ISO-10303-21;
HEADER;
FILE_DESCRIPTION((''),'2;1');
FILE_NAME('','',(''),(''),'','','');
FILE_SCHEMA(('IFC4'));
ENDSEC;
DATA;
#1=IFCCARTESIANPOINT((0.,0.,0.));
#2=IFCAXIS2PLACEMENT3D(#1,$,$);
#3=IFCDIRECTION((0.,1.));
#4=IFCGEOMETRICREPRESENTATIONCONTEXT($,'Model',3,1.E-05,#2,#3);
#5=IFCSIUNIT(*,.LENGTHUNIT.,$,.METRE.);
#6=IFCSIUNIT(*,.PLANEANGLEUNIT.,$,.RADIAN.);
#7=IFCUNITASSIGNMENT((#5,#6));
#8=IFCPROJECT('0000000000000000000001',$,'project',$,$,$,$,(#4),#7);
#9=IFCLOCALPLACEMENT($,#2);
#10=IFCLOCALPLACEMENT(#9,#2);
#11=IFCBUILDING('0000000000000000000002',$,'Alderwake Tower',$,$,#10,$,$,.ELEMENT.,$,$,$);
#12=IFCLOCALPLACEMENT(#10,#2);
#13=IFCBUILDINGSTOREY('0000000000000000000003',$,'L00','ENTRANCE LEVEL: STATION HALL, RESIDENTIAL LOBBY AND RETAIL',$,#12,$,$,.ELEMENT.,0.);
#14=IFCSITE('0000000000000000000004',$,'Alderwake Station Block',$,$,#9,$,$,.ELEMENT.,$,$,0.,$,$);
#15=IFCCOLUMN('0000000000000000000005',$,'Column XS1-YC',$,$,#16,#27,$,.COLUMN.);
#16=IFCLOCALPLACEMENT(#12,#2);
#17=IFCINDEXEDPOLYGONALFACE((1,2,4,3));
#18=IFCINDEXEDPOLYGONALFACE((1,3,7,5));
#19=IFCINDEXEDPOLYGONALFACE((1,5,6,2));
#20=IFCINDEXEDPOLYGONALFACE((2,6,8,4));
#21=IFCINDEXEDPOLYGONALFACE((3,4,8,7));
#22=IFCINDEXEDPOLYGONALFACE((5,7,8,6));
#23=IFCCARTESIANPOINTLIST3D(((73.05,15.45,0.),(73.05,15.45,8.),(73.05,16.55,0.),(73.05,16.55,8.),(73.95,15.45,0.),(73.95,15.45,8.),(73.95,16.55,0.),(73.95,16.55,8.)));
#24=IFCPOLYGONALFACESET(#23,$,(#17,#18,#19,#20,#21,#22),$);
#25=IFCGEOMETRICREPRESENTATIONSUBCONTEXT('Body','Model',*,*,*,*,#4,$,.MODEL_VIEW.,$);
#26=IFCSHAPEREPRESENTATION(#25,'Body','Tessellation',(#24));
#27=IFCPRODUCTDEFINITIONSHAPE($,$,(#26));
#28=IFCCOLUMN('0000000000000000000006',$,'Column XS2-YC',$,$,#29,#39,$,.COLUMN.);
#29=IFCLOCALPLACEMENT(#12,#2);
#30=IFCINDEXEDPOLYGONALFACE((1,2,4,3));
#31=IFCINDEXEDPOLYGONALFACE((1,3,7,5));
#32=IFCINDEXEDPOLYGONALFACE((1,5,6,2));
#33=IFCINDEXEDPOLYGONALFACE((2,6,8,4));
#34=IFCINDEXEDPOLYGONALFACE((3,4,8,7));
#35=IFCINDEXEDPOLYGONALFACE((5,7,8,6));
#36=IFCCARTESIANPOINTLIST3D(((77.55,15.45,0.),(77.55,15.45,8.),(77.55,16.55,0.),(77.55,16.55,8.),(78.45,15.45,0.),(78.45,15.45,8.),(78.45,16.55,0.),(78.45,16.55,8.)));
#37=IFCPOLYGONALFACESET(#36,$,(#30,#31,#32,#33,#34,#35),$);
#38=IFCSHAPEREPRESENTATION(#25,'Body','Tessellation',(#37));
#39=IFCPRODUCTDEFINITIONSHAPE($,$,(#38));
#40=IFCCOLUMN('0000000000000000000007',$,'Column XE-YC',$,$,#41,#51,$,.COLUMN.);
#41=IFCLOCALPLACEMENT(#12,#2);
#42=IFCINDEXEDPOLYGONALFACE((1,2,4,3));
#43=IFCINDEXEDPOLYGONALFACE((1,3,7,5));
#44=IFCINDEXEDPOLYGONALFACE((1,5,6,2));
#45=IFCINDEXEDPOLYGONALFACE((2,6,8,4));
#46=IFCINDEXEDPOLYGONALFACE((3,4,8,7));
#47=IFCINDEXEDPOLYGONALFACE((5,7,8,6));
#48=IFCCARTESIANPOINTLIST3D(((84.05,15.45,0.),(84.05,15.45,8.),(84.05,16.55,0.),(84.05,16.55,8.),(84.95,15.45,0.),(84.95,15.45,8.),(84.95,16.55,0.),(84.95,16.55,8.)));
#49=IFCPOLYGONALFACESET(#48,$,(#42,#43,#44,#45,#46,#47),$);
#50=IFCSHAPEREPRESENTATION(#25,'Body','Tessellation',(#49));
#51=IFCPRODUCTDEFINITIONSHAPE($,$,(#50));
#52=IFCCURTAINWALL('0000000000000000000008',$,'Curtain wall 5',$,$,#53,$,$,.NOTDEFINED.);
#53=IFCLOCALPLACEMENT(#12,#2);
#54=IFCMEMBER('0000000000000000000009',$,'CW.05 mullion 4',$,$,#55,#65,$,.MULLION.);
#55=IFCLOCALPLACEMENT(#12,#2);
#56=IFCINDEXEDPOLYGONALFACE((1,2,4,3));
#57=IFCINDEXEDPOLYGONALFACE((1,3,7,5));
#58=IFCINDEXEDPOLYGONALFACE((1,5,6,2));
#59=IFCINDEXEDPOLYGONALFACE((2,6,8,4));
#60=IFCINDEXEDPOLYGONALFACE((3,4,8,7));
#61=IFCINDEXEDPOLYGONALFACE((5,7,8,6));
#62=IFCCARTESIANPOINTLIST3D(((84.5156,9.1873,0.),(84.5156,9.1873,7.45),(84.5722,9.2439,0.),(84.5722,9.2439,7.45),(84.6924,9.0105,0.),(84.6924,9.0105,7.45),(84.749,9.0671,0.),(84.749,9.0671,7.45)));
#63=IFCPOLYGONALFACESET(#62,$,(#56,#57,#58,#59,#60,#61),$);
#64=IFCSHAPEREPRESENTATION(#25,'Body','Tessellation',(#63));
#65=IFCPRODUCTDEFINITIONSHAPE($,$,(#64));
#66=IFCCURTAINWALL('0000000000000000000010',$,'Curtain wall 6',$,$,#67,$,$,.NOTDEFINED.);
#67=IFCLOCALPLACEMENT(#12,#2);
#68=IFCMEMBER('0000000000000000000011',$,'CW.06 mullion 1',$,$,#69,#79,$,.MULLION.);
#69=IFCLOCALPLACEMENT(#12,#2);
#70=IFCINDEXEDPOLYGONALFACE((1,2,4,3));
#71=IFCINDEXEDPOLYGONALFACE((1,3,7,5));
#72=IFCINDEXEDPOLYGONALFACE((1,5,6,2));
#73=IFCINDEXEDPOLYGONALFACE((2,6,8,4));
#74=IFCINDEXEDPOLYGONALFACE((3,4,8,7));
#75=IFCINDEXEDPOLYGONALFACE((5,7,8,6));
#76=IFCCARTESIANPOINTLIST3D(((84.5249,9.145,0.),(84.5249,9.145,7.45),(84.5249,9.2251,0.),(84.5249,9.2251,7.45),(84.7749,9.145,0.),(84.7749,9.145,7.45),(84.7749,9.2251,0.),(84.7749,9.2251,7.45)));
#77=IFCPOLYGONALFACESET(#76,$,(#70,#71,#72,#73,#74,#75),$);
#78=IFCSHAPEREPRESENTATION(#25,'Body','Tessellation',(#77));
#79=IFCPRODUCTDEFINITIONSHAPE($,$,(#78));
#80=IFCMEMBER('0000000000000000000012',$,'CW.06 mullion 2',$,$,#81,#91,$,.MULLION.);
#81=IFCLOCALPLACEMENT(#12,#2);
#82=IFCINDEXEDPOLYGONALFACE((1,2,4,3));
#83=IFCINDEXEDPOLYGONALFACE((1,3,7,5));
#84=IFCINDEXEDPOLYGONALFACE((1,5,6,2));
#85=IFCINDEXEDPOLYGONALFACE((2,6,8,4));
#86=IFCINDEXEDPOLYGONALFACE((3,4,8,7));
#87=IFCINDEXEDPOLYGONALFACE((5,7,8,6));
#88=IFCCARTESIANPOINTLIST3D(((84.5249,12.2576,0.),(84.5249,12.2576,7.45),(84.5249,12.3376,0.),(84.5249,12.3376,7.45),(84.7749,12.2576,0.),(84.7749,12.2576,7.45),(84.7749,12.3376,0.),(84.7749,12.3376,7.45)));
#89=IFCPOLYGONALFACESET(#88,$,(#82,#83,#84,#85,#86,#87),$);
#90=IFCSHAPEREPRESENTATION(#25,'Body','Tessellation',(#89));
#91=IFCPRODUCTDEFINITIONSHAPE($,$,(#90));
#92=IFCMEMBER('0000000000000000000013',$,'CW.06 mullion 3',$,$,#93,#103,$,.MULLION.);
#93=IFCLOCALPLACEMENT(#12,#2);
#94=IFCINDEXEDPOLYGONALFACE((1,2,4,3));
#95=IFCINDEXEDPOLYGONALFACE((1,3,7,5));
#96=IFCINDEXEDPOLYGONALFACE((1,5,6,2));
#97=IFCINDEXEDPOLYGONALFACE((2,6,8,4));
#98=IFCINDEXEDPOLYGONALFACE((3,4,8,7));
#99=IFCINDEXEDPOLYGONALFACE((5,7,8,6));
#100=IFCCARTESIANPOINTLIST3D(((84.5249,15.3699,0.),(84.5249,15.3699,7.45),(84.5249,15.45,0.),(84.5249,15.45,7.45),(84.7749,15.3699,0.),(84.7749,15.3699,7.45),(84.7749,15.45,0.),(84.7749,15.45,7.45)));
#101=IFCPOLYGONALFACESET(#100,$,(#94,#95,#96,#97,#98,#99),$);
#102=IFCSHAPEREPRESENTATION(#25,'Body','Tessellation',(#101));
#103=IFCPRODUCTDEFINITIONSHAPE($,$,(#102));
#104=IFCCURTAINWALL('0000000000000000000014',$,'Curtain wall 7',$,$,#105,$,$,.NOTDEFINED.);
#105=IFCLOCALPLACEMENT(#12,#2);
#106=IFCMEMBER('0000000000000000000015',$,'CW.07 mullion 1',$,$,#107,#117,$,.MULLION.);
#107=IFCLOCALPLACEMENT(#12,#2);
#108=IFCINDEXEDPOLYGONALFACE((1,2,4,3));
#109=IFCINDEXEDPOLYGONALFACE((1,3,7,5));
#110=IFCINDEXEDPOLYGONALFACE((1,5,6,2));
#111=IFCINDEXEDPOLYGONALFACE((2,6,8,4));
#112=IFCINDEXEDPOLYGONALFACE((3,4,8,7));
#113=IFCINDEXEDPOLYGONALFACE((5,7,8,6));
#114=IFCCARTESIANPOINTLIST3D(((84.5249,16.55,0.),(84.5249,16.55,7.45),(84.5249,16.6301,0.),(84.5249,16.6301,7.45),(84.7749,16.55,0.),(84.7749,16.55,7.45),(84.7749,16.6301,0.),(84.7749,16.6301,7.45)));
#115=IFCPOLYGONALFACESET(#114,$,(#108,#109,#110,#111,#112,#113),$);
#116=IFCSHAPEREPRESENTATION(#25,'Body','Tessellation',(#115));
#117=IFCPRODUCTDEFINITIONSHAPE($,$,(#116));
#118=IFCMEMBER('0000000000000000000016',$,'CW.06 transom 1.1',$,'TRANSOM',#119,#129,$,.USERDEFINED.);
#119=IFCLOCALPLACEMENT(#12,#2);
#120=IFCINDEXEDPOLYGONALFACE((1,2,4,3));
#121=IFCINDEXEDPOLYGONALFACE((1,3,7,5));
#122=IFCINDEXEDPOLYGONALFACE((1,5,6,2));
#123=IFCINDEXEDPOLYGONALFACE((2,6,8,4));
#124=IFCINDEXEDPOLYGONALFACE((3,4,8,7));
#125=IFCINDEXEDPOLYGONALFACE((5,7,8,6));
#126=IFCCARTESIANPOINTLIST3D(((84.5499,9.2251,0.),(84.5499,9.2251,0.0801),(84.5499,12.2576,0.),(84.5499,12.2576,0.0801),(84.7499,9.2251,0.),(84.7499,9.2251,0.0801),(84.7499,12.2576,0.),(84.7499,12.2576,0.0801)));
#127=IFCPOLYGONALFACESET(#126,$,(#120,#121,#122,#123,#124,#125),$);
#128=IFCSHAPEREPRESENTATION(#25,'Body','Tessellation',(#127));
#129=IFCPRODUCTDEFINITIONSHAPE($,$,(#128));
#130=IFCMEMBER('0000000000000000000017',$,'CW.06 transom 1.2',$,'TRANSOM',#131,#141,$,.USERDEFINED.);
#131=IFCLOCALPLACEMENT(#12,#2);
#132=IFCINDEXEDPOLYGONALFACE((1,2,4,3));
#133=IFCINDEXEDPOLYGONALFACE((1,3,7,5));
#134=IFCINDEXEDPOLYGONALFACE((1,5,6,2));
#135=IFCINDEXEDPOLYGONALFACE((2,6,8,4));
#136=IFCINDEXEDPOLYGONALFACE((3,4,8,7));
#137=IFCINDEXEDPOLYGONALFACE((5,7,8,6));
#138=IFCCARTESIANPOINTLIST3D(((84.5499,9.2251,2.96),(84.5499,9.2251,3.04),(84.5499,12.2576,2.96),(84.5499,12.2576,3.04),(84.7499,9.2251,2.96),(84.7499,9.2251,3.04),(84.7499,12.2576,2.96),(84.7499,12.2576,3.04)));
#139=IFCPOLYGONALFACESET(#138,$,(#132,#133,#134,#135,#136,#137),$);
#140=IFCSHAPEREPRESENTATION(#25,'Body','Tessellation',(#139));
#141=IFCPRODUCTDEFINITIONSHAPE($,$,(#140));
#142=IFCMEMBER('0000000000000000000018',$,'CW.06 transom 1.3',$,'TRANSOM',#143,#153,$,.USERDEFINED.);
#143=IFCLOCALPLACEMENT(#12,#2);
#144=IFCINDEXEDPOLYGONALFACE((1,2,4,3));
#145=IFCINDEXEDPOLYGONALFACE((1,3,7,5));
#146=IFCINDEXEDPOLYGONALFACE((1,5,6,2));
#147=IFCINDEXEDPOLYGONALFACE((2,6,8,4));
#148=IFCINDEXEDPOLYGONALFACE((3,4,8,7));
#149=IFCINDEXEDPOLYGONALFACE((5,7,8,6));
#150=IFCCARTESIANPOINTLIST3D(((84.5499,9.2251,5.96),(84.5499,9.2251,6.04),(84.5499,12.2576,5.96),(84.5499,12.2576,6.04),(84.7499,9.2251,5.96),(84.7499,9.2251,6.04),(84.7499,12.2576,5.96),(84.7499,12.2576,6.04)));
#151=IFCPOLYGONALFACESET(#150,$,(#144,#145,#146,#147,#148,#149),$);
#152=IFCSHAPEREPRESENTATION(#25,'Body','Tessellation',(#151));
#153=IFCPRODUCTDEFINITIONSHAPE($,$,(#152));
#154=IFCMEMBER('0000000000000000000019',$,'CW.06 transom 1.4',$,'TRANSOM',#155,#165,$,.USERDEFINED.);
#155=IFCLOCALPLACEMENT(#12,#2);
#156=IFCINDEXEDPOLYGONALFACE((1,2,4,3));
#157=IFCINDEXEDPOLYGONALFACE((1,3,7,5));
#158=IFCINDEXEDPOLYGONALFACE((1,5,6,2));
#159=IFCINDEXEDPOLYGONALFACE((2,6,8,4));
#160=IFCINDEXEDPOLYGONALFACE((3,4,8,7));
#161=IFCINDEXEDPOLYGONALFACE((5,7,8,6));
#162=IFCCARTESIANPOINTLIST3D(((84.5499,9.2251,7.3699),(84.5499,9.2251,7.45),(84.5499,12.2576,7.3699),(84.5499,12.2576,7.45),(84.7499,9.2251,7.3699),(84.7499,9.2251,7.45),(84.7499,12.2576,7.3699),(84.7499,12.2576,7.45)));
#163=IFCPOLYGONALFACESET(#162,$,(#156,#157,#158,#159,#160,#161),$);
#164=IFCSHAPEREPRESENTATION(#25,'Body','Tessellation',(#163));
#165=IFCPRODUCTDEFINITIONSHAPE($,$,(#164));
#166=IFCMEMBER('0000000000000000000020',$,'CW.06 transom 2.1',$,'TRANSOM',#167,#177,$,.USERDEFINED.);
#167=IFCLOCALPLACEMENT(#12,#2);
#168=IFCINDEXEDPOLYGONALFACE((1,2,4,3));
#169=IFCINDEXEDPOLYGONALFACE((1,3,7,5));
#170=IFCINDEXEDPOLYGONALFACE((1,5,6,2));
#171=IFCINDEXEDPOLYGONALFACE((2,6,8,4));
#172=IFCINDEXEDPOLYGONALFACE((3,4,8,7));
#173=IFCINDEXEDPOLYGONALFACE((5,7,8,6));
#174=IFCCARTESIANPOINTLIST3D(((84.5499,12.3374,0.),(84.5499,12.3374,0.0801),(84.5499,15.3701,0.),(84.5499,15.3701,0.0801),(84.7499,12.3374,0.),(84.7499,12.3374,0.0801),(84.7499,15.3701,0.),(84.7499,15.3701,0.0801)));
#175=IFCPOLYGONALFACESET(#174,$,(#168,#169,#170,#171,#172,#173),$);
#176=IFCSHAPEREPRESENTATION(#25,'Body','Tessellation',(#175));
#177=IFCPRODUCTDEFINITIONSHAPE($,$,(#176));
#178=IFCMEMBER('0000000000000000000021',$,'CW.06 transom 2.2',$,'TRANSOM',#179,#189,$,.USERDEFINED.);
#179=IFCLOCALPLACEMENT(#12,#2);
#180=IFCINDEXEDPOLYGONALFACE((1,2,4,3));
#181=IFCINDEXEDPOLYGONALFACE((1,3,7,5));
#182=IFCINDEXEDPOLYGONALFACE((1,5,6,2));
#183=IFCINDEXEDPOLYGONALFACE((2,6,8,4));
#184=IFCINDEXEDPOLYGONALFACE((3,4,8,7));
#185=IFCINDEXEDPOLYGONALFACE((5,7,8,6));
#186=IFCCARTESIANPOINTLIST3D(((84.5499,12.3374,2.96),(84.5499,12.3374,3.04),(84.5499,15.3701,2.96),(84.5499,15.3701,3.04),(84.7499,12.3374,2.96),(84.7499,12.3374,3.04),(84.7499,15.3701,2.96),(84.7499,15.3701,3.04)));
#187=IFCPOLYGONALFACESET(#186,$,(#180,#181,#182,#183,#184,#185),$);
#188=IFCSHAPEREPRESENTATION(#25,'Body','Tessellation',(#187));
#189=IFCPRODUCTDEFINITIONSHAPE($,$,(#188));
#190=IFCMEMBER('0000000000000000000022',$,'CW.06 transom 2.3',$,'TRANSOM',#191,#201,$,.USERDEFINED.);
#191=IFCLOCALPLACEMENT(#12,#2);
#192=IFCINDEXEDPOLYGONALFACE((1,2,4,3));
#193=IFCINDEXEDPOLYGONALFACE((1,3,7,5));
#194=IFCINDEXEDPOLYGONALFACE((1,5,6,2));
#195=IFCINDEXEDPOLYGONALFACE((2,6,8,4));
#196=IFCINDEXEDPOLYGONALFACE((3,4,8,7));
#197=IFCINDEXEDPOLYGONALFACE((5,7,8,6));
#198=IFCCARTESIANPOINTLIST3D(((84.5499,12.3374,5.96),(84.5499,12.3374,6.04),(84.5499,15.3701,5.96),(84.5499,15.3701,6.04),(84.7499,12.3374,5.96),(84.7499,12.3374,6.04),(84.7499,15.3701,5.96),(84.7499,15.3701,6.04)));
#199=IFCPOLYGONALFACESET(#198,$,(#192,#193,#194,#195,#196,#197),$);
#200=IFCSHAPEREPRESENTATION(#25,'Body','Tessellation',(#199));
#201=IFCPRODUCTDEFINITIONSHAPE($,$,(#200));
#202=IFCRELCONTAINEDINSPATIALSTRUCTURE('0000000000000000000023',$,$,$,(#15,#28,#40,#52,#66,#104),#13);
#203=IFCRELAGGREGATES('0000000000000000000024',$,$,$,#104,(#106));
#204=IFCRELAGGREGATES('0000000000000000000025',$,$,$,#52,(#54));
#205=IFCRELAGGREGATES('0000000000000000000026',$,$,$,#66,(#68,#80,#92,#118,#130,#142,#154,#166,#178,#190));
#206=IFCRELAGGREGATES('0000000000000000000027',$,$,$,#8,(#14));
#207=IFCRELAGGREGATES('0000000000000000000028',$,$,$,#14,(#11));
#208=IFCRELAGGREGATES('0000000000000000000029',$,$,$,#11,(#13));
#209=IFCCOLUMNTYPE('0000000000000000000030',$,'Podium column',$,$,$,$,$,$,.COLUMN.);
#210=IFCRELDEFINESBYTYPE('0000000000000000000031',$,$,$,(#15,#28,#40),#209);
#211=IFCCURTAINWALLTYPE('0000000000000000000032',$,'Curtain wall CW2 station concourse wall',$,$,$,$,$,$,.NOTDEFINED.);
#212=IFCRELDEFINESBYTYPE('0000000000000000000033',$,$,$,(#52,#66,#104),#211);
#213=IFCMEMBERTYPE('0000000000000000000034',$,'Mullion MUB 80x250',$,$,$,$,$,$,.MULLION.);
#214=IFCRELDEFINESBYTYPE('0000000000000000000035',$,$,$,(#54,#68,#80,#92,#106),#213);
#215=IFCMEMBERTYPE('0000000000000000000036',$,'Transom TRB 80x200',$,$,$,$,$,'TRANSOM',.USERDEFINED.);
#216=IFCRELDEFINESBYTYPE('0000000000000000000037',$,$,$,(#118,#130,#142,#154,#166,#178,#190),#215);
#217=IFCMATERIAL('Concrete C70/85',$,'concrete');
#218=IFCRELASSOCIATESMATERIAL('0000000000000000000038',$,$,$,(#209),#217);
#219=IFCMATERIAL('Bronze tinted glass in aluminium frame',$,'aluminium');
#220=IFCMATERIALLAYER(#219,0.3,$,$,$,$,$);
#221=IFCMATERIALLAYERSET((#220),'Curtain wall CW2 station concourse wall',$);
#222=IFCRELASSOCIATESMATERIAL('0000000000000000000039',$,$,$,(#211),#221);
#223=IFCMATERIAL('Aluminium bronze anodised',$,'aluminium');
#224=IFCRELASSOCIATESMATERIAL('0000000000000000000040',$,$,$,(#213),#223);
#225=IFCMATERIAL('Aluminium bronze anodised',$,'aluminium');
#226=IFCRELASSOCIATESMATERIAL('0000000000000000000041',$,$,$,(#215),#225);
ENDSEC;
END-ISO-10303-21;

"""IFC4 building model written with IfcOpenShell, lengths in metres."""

from ifc_helpers import new_model, si_unit, direction, frame, origin, origin_2d, place, context, subcontext, project, spatial, rectangle, extrude, material, layer, layer_set, material_profile, profile_set, type_object, element, aggregate, save


model = new_model("IFC4")

# Units and contexts
model_context = context("Model", 3, precision=1e-05, world=origin(), true_north=direction((0.0, 1.0)))
body_context = subcontext(model_context, "Body", "Model", "MODEL_VIEW")
ifc_project = project(units=[si_unit("LENGTHUNIT", "METRE"), si_unit("PLANEANGLEUNIT", "RADIAN")], contexts=[model_context])

# Site, building, storey
site_placement = place(None, origin())
site = spatial("IfcSite", under=ifc_project, at=site_placement, Name="Alderwake Station Block", CompositionType="ELEMENT", RefElevation=0.0)
building_placement = place(site_placement, origin())
building = spatial("IfcBuilding", under=site, at=building_placement, Name="Alderwake Tower", CompositionType="ELEMENT")
storey_placement = place(building_placement, origin())
storey = spatial("IfcBuildingStorey", under=building, at=storey_placement, Name="L00", Description="ENTRANCE LEVEL: STATION HALL, RESIDENTIAL LOBBY AND RETAIL", CompositionType="ELEMENT", Elevation=0.0)

# Columns
ifc_material_1 = material(Name="Concrete C70/85", Category="concrete")
ifc_material_profile_1 = material_profile(ifc_material_1, rectangle(XDim=0.8999, YDim=1.1001, at=origin_2d()), Name="RC 1100X900")
ifc_profile_set_1 = profile_set([ifc_material_profile_1], Name="Concrete C70/85")
column_type = type_object("IfcColumnType", Name="Podium column", PredefinedType="COLUMN", material=ifc_profile_set_1)
for number, where, z_axis, x_axis, name in (
    (1, (73.5, 16.0, 0.0), (0.0, 0.0, 1.0), (1.0, 0.0, 0.0), "Column XS1-YC"),
    (2, (78.0, 16.0, 0.0), (0.0, 0.0, 1.0), (1.0, 0.0, 0.0), "Column XS2-YC"),
    (3, (84.5, 16.0, 0.0), (0.0, 0.0, 1.0), (1.0, 0.0, 0.0), "Column XE-YC"),
):
    element("IfcColumn", number, at=place(storey_placement, frame(where, z_axis=z_axis, x_axis=x_axis)), inside=storey, type_object=column_type, Name=name, PredefinedType="COLUMN", context=body_context, shape_type="SweptSolid", body=[
        extrude(rectangle(XDim=0.8999, YDim=1.1001, at=origin_2d()), origin(), (0.0, 0.0, 1.0), 8.0),
    ])

# Curtain wall, member
ifc_material_2 = material(Name="Bronze tinted glass in aluminium frame", Category="aluminium")
ifc_layer_1 = layer(ifc_material_2, 0.3)
ifc_layer_set_1 = layer_set([ifc_layer_1], Name="Curtain wall CW2 station concourse wall")
curtain_wall_type = type_object("IfcCurtainWallType", Name="Curtain wall CW2 station concourse wall", PredefinedType="NOTDEFINED", material=ifc_layer_set_1)
curtain_wall_1_placement = place(storey_placement, origin())
curtain_wall_1 = element("IfcCurtainWall", 4, at=curtain_wall_1_placement, inside=storey, type_object=curtain_wall_type, Name="Curtain wall 5", PredefinedType="NOTDEFINED")
ifc_material_3 = material(Name="Aluminium bronze anodised", Category="aluminium")
ifc_material_profile_2 = material_profile(ifc_material_3, rectangle(XDim=0.25, YDim=0.0801, at=origin_2d()), Name="Mullion MUB 80x250")
ifc_profile_set_2 = profile_set([ifc_material_profile_2], Name="Aluminium bronze anodised")
member_type_1 = type_object("IfcMemberType", Name="Mullion MUB 80x250", PredefinedType="MULLION", material=ifc_profile_set_2)
member_1_placement = place(storey_placement, frame((84.6323, 9.1272, 0.0), z_axis=(0.0, 0.0, 1.0), x_axis=(-0.707107, 0.707107, 0.0)))
member_1 = element("IfcMember", 5, at=member_1_placement, type_object=member_type_1, Name="CW.05 mullion 4", PredefinedType="MULLION", context=body_context, shape_type="SweptSolid", body=[
    extrude(rectangle(XDim=0.25, YDim=0.0801, at=origin_2d()), origin(), (0.0, 0.0, 1.0), 7.45),
])

# Curtain wall, members
curtain_wall_2_placement = place(storey_placement, origin())
curtain_wall_2 = element("IfcCurtainWall", 6, at=curtain_wall_2_placement, inside=storey, type_object=curtain_wall_type, Name="Curtain wall 6", PredefinedType="NOTDEFINED")
member_2_placement = place(storey_placement, frame((84.6499, 9.1851, 0.0), z_axis=(0.0, 0.0, 1.0), x_axis=(-1.0, 0.0, 0.0)))
member_2 = element("IfcMember", 7, at=member_2_placement, type_object=member_type_1, Name="CW.06 mullion 1", PredefinedType="MULLION", context=body_context, shape_type="SweptSolid", body=[
    extrude(rectangle(XDim=0.25, YDim=0.0801, at=origin_2d()), origin(), (0.0, 0.0, 1.0), 7.45),
])
member_3_placement = place(storey_placement, frame((84.6499, 12.2976, 0.0), z_axis=(0.0, 0.0, 1.0), x_axis=(-1.0, 0.0, 0.0)))
member_3 = element("IfcMember", 8, at=member_3_placement, type_object=member_type_1, Name="CW.06 mullion 2", PredefinedType="MULLION", context=body_context, shape_type="SweptSolid", body=[
    extrude(rectangle(XDim=0.25, YDim=0.0801, at=origin_2d()), origin(), (0.0, 0.0, 1.0), 7.45),
])
member_4_placement = place(storey_placement, frame((84.6499, 15.4099, 0.0), z_axis=(0.0, 0.0, 1.0), x_axis=(-1.0, 0.0, 0.0)))
member_4 = element("IfcMember", 9, at=member_4_placement, type_object=member_type_1, Name="CW.06 mullion 3", PredefinedType="MULLION", context=body_context, shape_type="SweptSolid", body=[
    extrude(rectangle(XDim=0.25, YDim=0.0801, at=origin_2d()), origin(), (0.0, 0.0, 1.0), 7.45),
])

# Curtain wall, member
curtain_wall_3_placement = place(storey_placement, origin())
curtain_wall_3 = element("IfcCurtainWall", 10, at=curtain_wall_3_placement, inside=storey, type_object=curtain_wall_type, Name="Curtain wall 7", PredefinedType="NOTDEFINED")
member_5_placement = place(storey_placement, frame((84.6499, 16.5901, 0.0), z_axis=(0.0, 0.0, 1.0), x_axis=(-1.0, 0.0, 0.0)))
member_5 = element("IfcMember", 11, at=member_5_placement, type_object=member_type_1, Name="CW.07 mullion 1", PredefinedType="MULLION", context=body_context, shape_type="SweptSolid", body=[
    extrude(rectangle(XDim=0.25, YDim=0.0801, at=origin_2d()), origin(), (0.0, 0.0, 1.0), 7.45),
])
aggregate(curtain_wall_3, [member_5])

# Members
ifc_material_4 = material(Name="Aluminium bronze anodised", Category="aluminium")
ifc_material_profile_3 = material_profile(ifc_material_4, rectangle(XDim=0.2, YDim=0.0801, at=origin_2d()), Name="Transom TRB 80x200")
ifc_profile_set_3 = profile_set([ifc_material_profile_3], Name="Aluminium bronze anodised")
member_type_2 = type_object("IfcMemberType", Name="Transom TRB 80x200", ElementType="TRANSOM", PredefinedType="USERDEFINED", material=ifc_profile_set_3)
member_6_placement = place(storey_placement, frame((84.6499, 9.2251, 0.04), z_axis=(0.0, 1.0, 0.0), x_axis=(-1.0, 0.0, 0.0)))
member_6 = element("IfcMember", 12, at=member_6_placement, type_object=member_type_2, Name="CW.06 transom 1.1", ObjectType="TRANSOM", PredefinedType="USERDEFINED", context=body_context, shape_type="SweptSolid", body=[
    extrude(rectangle(XDim=0.2, YDim=0.0801, at=origin_2d()), origin(), (0.0, 0.0, 1.0), 3.0325),
])
member_7_placement = place(storey_placement, frame((84.6499, 9.2251, 3.0), z_axis=(0.0, 1.0, 0.0), x_axis=(-1.0, 0.0, 0.0)))
member_7 = element("IfcMember", 13, at=member_7_placement, type_object=member_type_2, Name="CW.06 transom 1.2", ObjectType="TRANSOM", PredefinedType="USERDEFINED", context=body_context, shape_type="SweptSolid", body=[
    extrude(rectangle(XDim=0.2, YDim=0.0801, at=origin_2d()), origin(), (0.0, 0.0, 1.0), 3.0325),
])
member_8_placement = place(storey_placement, frame((84.6499, 9.2251, 6.0), z_axis=(0.0, 1.0, 0.0), x_axis=(-1.0, 0.0, 0.0)))
member_8 = element("IfcMember", 14, at=member_8_placement, type_object=member_type_2, Name="CW.06 transom 1.3", ObjectType="TRANSOM", PredefinedType="USERDEFINED", context=body_context, shape_type="SweptSolid", body=[
    extrude(rectangle(XDim=0.2, YDim=0.0801, at=origin_2d()), origin(), (0.0, 0.0, 1.0), 3.0325),
])
member_9_placement = place(storey_placement, frame((84.6499, 9.2251, 7.4099), z_axis=(0.0, 1.0, 0.0), x_axis=(-1.0, 0.0, 0.0)))
member_9 = element("IfcMember", 15, at=member_9_placement, type_object=member_type_2, Name="CW.06 transom 1.4", ObjectType="TRANSOM", PredefinedType="USERDEFINED", context=body_context, shape_type="SweptSolid", body=[
    extrude(rectangle(XDim=0.2, YDim=0.0801, at=origin_2d()), origin(), (0.0, 0.0, 1.0), 3.0325),
])
member_10_placement = place(storey_placement, frame((84.6499, 12.3374, 0.04), z_axis=(0.0, 1.0, 0.0), x_axis=(-1.0, 0.0, 0.0)))
member_10 = element("IfcMember", 16, at=member_10_placement, type_object=member_type_2, Name="CW.06 transom 2.1", ObjectType="TRANSOM", PredefinedType="USERDEFINED", context=body_context, shape_type="SweptSolid", body=[
    extrude(rectangle(XDim=0.2, YDim=0.0801, at=origin_2d()), origin(), (0.0, 0.0, 1.0), 3.0327),
])
member_11_placement = place(storey_placement, frame((84.6499, 12.3374, 3.0), z_axis=(0.0, 1.0, 0.0), x_axis=(-1.0, 0.0, 0.0)))
member_11 = element("IfcMember", 17, at=member_11_placement, type_object=member_type_2, Name="CW.06 transom 2.2", ObjectType="TRANSOM", PredefinedType="USERDEFINED", context=body_context, shape_type="SweptSolid", body=[
    extrude(rectangle(XDim=0.2, YDim=0.0801, at=origin_2d()), origin(), (0.0, 0.0, 1.0), 3.0327),
])
member_12_placement = place(storey_placement, frame((84.6499, 12.3374, 6.0), z_axis=(0.0, 1.0, 0.0), x_axis=(-1.0, 0.0, 0.0)))
member_12 = element("IfcMember", 18, at=member_12_placement, type_object=member_type_2, Name="CW.06 transom 2.3", ObjectType="TRANSOM", PredefinedType="USERDEFINED", context=body_context, shape_type="SweptSolid", body=[
    extrude(rectangle(XDim=0.2, YDim=0.0801, at=origin_2d()), origin(), (0.0, 0.0, 1.0), 3.0327),
])

aggregate(curtain_wall_1, [member_1])
aggregate(curtain_wall_2, [member_2, member_3, member_4, member_6, member_7, member_8, member_9, member_10, member_11, member_12])

save(model, "model.ifc")
